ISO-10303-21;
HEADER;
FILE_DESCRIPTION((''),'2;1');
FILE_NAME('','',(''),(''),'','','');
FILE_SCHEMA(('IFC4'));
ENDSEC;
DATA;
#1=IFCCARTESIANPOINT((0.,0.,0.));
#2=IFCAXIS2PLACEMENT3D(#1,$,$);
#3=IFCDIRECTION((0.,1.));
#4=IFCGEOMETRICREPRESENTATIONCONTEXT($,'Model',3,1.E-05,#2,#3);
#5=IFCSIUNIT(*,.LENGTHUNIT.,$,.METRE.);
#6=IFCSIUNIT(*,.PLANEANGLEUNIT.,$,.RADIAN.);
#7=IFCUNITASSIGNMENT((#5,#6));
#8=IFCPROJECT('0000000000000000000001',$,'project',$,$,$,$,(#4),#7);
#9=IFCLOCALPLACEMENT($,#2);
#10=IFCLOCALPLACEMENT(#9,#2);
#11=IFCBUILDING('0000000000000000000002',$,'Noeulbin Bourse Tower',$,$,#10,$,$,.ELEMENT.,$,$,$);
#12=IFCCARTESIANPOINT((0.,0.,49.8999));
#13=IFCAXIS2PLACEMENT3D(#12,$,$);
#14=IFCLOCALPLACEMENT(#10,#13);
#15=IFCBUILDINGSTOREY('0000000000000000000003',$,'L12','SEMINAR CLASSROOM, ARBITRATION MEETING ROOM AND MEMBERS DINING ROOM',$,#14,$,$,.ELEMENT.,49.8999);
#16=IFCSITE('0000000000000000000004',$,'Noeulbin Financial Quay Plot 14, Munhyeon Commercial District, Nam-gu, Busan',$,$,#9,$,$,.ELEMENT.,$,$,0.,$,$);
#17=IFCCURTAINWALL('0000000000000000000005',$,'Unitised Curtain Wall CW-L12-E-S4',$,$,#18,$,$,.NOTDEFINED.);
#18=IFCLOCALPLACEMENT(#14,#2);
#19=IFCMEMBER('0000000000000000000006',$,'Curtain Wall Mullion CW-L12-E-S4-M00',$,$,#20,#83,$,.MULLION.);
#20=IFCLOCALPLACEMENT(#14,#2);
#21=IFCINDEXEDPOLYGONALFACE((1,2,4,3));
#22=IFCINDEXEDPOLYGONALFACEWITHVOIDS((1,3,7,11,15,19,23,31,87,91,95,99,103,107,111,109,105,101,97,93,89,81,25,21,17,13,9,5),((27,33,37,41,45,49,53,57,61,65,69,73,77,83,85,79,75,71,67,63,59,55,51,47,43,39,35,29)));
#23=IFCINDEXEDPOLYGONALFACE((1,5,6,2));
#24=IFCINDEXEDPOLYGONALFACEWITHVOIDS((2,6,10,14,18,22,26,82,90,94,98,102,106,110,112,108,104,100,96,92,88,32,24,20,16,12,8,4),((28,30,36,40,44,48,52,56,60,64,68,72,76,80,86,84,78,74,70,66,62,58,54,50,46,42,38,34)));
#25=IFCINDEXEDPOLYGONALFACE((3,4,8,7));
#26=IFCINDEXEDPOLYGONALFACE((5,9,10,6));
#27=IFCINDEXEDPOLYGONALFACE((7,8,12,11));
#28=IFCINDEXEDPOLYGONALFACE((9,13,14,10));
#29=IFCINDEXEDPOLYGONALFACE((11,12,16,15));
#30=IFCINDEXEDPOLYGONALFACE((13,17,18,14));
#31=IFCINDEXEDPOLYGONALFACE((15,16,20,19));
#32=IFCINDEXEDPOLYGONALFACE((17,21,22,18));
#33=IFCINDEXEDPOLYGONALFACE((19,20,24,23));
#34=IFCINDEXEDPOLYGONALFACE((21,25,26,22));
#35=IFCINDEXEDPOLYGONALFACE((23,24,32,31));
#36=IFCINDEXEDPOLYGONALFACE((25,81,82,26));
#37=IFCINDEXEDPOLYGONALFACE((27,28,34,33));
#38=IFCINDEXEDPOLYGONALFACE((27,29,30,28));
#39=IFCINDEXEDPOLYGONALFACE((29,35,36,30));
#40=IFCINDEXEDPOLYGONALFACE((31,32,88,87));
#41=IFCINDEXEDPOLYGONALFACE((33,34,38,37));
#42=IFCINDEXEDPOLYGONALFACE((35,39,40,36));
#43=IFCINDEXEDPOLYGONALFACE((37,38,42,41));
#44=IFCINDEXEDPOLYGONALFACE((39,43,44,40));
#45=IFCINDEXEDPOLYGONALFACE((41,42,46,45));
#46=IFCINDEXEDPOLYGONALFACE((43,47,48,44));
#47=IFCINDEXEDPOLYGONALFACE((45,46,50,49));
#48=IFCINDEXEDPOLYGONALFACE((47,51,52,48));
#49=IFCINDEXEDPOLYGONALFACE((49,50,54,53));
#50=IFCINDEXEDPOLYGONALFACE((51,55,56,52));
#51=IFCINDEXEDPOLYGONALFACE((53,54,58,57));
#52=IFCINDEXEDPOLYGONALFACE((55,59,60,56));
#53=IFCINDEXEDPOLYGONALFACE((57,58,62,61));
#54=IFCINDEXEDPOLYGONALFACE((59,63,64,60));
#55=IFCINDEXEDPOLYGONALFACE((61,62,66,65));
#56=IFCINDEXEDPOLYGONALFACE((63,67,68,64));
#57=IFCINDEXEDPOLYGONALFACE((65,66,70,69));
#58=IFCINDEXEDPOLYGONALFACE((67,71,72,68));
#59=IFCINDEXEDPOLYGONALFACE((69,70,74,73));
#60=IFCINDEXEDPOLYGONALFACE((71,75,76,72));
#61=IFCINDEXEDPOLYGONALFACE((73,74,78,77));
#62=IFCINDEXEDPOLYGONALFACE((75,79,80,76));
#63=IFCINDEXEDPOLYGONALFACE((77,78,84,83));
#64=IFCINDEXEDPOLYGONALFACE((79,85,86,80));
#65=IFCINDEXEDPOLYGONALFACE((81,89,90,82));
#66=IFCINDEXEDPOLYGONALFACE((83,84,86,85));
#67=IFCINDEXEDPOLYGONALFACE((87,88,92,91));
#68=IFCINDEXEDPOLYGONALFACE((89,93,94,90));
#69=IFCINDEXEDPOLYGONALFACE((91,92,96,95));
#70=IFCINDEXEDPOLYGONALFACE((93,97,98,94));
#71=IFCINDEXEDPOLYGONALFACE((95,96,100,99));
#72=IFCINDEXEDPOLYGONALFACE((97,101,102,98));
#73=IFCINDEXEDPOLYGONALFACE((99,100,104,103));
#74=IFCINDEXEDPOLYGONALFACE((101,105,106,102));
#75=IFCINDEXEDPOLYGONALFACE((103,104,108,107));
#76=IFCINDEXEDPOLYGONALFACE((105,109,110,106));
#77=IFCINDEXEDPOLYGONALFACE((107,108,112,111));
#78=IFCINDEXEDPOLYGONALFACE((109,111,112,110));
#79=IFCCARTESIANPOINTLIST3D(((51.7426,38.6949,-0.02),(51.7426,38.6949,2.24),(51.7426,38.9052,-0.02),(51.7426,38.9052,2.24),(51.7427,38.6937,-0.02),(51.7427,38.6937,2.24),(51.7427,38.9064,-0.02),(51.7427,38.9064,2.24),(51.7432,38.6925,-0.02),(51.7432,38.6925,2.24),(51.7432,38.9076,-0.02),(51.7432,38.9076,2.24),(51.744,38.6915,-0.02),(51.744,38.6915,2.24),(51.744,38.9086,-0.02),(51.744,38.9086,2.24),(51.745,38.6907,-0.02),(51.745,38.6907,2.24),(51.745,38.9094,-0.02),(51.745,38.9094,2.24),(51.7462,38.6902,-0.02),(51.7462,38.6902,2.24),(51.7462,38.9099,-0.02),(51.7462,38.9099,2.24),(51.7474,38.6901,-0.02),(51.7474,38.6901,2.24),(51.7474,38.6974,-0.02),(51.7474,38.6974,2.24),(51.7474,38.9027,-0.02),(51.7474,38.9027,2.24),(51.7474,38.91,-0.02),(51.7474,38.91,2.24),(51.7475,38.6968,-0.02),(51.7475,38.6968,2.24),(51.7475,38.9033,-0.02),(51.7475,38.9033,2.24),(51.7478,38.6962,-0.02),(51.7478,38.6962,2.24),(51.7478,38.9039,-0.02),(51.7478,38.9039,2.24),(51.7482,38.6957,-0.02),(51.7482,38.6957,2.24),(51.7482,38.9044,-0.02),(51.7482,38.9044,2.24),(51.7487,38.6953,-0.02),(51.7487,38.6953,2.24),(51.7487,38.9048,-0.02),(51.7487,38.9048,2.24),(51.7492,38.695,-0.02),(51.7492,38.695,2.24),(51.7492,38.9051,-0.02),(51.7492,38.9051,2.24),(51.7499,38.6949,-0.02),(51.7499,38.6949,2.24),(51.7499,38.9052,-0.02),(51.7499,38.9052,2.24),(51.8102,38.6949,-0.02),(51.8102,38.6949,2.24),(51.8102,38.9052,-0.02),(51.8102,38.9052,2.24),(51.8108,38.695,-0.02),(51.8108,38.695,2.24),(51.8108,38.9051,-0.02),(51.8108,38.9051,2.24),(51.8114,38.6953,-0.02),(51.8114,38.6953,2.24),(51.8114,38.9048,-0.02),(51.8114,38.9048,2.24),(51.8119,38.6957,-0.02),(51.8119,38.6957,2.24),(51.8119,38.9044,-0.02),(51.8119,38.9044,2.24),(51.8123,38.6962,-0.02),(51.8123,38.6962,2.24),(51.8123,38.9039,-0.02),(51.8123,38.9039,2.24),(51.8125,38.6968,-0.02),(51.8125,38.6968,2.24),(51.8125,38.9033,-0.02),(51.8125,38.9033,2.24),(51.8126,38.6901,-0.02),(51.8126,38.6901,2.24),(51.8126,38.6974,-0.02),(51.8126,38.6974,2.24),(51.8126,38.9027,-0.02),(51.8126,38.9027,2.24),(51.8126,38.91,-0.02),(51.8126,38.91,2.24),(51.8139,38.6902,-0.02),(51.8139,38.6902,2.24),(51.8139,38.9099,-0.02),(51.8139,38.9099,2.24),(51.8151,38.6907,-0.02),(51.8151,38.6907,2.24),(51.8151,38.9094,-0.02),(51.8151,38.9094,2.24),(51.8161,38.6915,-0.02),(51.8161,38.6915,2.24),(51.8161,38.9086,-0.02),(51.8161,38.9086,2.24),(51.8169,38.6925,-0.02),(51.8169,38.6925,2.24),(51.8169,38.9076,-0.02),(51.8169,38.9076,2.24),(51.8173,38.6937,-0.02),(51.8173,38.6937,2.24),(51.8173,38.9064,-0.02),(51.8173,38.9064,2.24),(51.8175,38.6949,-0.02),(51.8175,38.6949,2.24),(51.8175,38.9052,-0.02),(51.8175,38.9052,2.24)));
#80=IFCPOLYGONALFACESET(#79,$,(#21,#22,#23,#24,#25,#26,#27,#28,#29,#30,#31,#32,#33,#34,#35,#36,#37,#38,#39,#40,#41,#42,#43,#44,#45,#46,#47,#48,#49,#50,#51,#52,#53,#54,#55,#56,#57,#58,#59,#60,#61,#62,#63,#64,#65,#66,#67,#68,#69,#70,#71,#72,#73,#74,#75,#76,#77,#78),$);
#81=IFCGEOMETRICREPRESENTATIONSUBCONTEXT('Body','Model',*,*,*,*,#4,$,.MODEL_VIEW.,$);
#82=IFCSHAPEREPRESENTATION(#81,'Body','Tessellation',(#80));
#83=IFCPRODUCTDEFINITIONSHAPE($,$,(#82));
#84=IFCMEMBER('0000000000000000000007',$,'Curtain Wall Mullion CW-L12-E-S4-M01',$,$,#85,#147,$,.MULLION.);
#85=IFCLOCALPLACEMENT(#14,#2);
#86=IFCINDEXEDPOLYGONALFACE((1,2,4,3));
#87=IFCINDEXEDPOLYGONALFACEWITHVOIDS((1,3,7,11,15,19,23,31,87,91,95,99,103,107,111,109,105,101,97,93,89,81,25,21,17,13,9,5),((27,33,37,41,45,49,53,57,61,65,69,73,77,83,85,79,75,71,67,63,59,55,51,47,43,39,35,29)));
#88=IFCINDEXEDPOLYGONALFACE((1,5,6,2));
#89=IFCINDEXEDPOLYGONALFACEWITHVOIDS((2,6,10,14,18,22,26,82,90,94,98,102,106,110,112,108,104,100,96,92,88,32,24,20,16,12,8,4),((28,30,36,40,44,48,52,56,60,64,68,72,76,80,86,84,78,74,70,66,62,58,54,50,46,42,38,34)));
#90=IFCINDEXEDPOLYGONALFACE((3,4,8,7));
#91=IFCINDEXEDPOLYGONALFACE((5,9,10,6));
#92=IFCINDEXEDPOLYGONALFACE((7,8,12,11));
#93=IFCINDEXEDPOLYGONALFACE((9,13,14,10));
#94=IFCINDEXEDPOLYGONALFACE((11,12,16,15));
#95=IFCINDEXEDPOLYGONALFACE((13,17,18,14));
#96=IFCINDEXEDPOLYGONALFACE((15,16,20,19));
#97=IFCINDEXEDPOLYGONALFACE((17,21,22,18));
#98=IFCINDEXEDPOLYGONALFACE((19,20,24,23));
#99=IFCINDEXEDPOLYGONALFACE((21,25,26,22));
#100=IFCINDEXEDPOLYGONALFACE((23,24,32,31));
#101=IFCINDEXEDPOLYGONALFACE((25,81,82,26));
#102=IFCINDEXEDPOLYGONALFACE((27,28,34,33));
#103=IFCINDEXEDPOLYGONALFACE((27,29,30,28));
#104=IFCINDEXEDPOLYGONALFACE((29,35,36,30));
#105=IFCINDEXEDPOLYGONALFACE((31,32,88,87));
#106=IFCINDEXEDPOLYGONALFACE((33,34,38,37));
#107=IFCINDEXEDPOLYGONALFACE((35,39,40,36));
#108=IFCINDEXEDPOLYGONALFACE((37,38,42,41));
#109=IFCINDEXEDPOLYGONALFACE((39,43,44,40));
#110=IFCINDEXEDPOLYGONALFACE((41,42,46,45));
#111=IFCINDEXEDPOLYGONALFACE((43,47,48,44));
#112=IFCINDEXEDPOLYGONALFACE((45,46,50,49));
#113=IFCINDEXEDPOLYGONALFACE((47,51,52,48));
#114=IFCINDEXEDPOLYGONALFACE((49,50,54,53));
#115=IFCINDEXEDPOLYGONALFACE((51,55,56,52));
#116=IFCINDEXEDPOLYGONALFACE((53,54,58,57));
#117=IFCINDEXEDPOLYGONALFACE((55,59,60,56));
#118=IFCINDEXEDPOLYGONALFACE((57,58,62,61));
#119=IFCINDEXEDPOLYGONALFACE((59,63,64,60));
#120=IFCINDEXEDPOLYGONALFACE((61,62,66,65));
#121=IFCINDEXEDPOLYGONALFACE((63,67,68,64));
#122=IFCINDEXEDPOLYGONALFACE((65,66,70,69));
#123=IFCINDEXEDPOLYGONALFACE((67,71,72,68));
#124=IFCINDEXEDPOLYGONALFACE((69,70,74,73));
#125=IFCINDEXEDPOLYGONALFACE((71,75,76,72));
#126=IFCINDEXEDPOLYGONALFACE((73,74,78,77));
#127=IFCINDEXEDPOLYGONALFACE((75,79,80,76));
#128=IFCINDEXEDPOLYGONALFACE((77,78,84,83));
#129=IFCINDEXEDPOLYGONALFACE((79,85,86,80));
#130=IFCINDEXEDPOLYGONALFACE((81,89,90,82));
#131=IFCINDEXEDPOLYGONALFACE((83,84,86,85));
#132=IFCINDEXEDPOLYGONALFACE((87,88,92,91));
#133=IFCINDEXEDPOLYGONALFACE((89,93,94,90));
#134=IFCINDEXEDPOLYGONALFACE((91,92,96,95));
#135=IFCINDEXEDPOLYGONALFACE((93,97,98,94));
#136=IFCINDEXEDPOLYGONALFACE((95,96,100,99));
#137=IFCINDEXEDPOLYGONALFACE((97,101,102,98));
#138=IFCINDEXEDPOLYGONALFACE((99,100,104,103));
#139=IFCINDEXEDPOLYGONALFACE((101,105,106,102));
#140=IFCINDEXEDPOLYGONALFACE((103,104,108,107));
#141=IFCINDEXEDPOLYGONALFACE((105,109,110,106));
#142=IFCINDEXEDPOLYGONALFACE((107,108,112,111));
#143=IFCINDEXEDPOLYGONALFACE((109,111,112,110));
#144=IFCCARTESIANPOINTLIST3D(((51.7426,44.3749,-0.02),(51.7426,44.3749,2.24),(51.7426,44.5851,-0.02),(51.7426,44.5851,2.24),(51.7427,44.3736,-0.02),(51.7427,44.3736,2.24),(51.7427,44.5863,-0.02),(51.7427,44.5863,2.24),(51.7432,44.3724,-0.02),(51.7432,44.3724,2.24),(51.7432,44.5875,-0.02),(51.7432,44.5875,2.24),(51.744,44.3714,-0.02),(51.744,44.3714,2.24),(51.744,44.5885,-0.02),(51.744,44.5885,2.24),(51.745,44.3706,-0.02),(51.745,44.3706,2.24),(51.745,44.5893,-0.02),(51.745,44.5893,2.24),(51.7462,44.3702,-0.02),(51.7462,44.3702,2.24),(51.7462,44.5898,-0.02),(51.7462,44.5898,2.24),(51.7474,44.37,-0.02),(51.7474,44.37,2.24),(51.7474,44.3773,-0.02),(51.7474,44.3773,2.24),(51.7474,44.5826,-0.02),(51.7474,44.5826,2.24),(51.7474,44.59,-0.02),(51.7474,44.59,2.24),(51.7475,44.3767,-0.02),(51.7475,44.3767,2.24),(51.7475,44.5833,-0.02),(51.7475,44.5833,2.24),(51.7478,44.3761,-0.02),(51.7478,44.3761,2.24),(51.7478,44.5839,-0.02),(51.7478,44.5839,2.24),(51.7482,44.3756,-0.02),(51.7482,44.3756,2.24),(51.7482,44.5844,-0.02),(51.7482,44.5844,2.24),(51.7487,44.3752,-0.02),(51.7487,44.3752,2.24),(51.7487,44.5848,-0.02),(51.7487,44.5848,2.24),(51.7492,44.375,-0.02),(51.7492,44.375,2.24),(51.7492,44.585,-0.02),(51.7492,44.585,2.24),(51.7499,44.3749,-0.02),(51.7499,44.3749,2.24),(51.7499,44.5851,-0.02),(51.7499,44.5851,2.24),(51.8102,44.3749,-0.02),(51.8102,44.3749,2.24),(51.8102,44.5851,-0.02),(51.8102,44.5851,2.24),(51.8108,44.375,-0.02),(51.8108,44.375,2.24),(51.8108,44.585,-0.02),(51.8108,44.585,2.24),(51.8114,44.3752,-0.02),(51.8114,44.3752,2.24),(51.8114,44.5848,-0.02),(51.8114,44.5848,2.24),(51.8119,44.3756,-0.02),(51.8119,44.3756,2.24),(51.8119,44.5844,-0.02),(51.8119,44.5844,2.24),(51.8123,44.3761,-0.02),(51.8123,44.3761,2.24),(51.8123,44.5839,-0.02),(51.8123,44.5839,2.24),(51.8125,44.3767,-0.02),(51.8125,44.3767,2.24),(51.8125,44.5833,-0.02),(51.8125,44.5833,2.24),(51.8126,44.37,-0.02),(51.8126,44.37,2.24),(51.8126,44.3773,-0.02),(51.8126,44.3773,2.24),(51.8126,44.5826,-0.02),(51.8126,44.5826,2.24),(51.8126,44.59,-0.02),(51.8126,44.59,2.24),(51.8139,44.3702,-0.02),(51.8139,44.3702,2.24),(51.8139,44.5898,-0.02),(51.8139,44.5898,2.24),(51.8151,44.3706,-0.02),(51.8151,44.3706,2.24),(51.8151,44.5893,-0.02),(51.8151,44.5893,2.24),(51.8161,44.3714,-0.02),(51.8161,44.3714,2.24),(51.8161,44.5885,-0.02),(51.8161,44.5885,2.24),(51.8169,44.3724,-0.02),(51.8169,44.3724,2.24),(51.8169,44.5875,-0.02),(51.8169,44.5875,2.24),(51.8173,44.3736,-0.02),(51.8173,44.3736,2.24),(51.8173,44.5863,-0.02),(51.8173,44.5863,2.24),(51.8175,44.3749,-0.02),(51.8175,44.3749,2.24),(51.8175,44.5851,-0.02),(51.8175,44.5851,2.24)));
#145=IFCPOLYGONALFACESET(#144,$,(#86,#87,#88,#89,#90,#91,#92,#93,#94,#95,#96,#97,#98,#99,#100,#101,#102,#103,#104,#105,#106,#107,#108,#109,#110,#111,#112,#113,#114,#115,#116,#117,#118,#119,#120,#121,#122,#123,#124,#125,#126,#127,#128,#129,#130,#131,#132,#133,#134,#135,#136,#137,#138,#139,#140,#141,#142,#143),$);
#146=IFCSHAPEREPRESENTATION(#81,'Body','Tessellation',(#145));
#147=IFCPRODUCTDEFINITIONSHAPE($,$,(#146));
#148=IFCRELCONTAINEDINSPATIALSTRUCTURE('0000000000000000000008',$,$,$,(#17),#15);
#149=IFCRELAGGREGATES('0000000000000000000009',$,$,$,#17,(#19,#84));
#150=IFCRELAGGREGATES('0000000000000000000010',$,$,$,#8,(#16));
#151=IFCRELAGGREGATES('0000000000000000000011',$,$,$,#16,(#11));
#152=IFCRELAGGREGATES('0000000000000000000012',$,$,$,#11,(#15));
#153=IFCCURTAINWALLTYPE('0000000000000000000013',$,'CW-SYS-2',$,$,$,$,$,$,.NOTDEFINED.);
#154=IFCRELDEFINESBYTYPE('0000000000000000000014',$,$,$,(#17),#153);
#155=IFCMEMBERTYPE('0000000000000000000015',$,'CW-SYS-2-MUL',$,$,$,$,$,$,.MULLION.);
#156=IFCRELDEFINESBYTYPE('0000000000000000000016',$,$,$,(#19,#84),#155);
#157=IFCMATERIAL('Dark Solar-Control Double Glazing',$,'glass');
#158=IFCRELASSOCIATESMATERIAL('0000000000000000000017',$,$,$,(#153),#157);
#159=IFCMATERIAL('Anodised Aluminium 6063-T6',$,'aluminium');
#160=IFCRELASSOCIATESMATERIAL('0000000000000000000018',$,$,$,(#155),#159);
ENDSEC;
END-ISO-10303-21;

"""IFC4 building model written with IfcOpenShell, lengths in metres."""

from ifc_helpers import new_model, si_unit, direction, frame, origin, origin_2d, place, context, subcontext, project, spatial, hollow_rectangle, extrude, material, material_profile, profile_set, type_object, element, aggregate, save


model = new_model("IFC4")

# Units and contexts
model_context = context("Model", 3, precision=1e-05, world=origin(), true_north=direction((0.0, 1.0)))
body_context = subcontext(model_context, "Body", "Model", "MODEL_VIEW")
ifc_project = project(units=[si_unit("LENGTHUNIT", "METRE"), si_unit("PLANEANGLEUNIT", "RADIAN")], contexts=[model_context])

# Site, building, storey
site_placement = place(None, origin())
site = spatial("IfcSite", under=ifc_project, at=site_placement, Name="Noeulbin Financial Quay Plot 14, Munhyeon Commercial District, Nam-gu, Busan", CompositionType="ELEMENT", RefElevation=0.0)
building_placement = place(site_placement, origin())
building = spatial("IfcBuilding", under=site, at=building_placement, Name="Noeulbin Bourse Tower", CompositionType="ELEMENT")
storey_placement = place(building_placement, frame((0.0, 0.0, 49.8999)))
storey = spatial("IfcBuildingStorey", under=building, at=storey_placement, Name="L12", Description="SEMINAR CLASSROOM, ARBITRATION MEETING ROOM AND MEMBERS DINING ROOM", CompositionType="ELEMENT", Elevation=49.8999)

# Shared definitions
ifc_material_1 = material(Name="Dark Solar-Control Double Glazing", Category="glass")
curtain_wall_type = type_object("IfcCurtainWallType", Name="CW-SYS-2", PredefinedType="NOTDEFINED", material=ifc_material_1)
ifc_material_2 = material(Name="Anodised Aluminium 6063-T6", Category="aluminium")
ifc_material_profile_1 = material_profile(ifc_material_2, hollow_rectangle(XDim=0.075, YDim=0.22, WallThickness=0.0049, InnerFilletRadius=0.0024, OuterFilletRadius=0.0049, at=origin_2d()), Name="ALU-MULL-75x220x5", Category="LoadBearing")
ifc_profile_set_1 = profile_set([ifc_material_profile_1], Name="Anodised Aluminium 6063-T6")
member_type_1 = type_object("IfcMemberType", Name="CW-SYS-2-MUL", PredefinedType="MULLION", material=ifc_profile_set_1)

# Curtain wall, members
curtain_wall_1_placement = place(storey_placement, origin())
curtain_wall_1 = element("IfcCurtainWall", 1, at=curtain_wall_1_placement, inside=storey, type_object=curtain_wall_type, Name="Unitised Curtain Wall CW-L12-E-S4", PredefinedType="NOTDEFINED")
member_1_placement = place(storey_placement, frame((51.78, 38.8, -0.02), z_axis=(0.0, 0.0, 1.0), x_axis=(1.0, 0.0, 0.0)))
member_1 = element("IfcMember", 2, at=member_1_placement, type_object=member_type_1, Name="Curtain Wall Mullion CW-L12-E-S4-M00", PredefinedType="MULLION", context=body_context, shape_type="SweptSolid", body=[
    extrude(hollow_rectangle(XDim=0.075, YDim=0.22, WallThickness=0.0049, InnerFilletRadius=0.0024, OuterFilletRadius=0.0049, at=origin_2d()), origin(), (0.0, 0.0, 1.0), 2.26),
])
member_2_placement = place(storey_placement, frame((51.78, 44.48, -0.02), z_axis=(0.0, 0.0, 1.0), x_axis=(1.0, 0.0, 0.0)))
member_2 = element("IfcMember", 3, at=member_2_placement, type_object=member_type_1, Name="Curtain Wall Mullion CW-L12-E-S4-M01", PredefinedType="MULLION", context=body_context, shape_type="SweptSolid", body=[
    extrude(hollow_rectangle(XDim=0.075, YDim=0.22, WallThickness=0.0049, InnerFilletRadius=0.0024, OuterFilletRadius=0.0049, at=origin_2d()), origin(), (0.0, 0.0, 1.0), 2.26),
])

aggregate(curtain_wall_1, [member_1, member_2])

save(model, "model.ifc")
